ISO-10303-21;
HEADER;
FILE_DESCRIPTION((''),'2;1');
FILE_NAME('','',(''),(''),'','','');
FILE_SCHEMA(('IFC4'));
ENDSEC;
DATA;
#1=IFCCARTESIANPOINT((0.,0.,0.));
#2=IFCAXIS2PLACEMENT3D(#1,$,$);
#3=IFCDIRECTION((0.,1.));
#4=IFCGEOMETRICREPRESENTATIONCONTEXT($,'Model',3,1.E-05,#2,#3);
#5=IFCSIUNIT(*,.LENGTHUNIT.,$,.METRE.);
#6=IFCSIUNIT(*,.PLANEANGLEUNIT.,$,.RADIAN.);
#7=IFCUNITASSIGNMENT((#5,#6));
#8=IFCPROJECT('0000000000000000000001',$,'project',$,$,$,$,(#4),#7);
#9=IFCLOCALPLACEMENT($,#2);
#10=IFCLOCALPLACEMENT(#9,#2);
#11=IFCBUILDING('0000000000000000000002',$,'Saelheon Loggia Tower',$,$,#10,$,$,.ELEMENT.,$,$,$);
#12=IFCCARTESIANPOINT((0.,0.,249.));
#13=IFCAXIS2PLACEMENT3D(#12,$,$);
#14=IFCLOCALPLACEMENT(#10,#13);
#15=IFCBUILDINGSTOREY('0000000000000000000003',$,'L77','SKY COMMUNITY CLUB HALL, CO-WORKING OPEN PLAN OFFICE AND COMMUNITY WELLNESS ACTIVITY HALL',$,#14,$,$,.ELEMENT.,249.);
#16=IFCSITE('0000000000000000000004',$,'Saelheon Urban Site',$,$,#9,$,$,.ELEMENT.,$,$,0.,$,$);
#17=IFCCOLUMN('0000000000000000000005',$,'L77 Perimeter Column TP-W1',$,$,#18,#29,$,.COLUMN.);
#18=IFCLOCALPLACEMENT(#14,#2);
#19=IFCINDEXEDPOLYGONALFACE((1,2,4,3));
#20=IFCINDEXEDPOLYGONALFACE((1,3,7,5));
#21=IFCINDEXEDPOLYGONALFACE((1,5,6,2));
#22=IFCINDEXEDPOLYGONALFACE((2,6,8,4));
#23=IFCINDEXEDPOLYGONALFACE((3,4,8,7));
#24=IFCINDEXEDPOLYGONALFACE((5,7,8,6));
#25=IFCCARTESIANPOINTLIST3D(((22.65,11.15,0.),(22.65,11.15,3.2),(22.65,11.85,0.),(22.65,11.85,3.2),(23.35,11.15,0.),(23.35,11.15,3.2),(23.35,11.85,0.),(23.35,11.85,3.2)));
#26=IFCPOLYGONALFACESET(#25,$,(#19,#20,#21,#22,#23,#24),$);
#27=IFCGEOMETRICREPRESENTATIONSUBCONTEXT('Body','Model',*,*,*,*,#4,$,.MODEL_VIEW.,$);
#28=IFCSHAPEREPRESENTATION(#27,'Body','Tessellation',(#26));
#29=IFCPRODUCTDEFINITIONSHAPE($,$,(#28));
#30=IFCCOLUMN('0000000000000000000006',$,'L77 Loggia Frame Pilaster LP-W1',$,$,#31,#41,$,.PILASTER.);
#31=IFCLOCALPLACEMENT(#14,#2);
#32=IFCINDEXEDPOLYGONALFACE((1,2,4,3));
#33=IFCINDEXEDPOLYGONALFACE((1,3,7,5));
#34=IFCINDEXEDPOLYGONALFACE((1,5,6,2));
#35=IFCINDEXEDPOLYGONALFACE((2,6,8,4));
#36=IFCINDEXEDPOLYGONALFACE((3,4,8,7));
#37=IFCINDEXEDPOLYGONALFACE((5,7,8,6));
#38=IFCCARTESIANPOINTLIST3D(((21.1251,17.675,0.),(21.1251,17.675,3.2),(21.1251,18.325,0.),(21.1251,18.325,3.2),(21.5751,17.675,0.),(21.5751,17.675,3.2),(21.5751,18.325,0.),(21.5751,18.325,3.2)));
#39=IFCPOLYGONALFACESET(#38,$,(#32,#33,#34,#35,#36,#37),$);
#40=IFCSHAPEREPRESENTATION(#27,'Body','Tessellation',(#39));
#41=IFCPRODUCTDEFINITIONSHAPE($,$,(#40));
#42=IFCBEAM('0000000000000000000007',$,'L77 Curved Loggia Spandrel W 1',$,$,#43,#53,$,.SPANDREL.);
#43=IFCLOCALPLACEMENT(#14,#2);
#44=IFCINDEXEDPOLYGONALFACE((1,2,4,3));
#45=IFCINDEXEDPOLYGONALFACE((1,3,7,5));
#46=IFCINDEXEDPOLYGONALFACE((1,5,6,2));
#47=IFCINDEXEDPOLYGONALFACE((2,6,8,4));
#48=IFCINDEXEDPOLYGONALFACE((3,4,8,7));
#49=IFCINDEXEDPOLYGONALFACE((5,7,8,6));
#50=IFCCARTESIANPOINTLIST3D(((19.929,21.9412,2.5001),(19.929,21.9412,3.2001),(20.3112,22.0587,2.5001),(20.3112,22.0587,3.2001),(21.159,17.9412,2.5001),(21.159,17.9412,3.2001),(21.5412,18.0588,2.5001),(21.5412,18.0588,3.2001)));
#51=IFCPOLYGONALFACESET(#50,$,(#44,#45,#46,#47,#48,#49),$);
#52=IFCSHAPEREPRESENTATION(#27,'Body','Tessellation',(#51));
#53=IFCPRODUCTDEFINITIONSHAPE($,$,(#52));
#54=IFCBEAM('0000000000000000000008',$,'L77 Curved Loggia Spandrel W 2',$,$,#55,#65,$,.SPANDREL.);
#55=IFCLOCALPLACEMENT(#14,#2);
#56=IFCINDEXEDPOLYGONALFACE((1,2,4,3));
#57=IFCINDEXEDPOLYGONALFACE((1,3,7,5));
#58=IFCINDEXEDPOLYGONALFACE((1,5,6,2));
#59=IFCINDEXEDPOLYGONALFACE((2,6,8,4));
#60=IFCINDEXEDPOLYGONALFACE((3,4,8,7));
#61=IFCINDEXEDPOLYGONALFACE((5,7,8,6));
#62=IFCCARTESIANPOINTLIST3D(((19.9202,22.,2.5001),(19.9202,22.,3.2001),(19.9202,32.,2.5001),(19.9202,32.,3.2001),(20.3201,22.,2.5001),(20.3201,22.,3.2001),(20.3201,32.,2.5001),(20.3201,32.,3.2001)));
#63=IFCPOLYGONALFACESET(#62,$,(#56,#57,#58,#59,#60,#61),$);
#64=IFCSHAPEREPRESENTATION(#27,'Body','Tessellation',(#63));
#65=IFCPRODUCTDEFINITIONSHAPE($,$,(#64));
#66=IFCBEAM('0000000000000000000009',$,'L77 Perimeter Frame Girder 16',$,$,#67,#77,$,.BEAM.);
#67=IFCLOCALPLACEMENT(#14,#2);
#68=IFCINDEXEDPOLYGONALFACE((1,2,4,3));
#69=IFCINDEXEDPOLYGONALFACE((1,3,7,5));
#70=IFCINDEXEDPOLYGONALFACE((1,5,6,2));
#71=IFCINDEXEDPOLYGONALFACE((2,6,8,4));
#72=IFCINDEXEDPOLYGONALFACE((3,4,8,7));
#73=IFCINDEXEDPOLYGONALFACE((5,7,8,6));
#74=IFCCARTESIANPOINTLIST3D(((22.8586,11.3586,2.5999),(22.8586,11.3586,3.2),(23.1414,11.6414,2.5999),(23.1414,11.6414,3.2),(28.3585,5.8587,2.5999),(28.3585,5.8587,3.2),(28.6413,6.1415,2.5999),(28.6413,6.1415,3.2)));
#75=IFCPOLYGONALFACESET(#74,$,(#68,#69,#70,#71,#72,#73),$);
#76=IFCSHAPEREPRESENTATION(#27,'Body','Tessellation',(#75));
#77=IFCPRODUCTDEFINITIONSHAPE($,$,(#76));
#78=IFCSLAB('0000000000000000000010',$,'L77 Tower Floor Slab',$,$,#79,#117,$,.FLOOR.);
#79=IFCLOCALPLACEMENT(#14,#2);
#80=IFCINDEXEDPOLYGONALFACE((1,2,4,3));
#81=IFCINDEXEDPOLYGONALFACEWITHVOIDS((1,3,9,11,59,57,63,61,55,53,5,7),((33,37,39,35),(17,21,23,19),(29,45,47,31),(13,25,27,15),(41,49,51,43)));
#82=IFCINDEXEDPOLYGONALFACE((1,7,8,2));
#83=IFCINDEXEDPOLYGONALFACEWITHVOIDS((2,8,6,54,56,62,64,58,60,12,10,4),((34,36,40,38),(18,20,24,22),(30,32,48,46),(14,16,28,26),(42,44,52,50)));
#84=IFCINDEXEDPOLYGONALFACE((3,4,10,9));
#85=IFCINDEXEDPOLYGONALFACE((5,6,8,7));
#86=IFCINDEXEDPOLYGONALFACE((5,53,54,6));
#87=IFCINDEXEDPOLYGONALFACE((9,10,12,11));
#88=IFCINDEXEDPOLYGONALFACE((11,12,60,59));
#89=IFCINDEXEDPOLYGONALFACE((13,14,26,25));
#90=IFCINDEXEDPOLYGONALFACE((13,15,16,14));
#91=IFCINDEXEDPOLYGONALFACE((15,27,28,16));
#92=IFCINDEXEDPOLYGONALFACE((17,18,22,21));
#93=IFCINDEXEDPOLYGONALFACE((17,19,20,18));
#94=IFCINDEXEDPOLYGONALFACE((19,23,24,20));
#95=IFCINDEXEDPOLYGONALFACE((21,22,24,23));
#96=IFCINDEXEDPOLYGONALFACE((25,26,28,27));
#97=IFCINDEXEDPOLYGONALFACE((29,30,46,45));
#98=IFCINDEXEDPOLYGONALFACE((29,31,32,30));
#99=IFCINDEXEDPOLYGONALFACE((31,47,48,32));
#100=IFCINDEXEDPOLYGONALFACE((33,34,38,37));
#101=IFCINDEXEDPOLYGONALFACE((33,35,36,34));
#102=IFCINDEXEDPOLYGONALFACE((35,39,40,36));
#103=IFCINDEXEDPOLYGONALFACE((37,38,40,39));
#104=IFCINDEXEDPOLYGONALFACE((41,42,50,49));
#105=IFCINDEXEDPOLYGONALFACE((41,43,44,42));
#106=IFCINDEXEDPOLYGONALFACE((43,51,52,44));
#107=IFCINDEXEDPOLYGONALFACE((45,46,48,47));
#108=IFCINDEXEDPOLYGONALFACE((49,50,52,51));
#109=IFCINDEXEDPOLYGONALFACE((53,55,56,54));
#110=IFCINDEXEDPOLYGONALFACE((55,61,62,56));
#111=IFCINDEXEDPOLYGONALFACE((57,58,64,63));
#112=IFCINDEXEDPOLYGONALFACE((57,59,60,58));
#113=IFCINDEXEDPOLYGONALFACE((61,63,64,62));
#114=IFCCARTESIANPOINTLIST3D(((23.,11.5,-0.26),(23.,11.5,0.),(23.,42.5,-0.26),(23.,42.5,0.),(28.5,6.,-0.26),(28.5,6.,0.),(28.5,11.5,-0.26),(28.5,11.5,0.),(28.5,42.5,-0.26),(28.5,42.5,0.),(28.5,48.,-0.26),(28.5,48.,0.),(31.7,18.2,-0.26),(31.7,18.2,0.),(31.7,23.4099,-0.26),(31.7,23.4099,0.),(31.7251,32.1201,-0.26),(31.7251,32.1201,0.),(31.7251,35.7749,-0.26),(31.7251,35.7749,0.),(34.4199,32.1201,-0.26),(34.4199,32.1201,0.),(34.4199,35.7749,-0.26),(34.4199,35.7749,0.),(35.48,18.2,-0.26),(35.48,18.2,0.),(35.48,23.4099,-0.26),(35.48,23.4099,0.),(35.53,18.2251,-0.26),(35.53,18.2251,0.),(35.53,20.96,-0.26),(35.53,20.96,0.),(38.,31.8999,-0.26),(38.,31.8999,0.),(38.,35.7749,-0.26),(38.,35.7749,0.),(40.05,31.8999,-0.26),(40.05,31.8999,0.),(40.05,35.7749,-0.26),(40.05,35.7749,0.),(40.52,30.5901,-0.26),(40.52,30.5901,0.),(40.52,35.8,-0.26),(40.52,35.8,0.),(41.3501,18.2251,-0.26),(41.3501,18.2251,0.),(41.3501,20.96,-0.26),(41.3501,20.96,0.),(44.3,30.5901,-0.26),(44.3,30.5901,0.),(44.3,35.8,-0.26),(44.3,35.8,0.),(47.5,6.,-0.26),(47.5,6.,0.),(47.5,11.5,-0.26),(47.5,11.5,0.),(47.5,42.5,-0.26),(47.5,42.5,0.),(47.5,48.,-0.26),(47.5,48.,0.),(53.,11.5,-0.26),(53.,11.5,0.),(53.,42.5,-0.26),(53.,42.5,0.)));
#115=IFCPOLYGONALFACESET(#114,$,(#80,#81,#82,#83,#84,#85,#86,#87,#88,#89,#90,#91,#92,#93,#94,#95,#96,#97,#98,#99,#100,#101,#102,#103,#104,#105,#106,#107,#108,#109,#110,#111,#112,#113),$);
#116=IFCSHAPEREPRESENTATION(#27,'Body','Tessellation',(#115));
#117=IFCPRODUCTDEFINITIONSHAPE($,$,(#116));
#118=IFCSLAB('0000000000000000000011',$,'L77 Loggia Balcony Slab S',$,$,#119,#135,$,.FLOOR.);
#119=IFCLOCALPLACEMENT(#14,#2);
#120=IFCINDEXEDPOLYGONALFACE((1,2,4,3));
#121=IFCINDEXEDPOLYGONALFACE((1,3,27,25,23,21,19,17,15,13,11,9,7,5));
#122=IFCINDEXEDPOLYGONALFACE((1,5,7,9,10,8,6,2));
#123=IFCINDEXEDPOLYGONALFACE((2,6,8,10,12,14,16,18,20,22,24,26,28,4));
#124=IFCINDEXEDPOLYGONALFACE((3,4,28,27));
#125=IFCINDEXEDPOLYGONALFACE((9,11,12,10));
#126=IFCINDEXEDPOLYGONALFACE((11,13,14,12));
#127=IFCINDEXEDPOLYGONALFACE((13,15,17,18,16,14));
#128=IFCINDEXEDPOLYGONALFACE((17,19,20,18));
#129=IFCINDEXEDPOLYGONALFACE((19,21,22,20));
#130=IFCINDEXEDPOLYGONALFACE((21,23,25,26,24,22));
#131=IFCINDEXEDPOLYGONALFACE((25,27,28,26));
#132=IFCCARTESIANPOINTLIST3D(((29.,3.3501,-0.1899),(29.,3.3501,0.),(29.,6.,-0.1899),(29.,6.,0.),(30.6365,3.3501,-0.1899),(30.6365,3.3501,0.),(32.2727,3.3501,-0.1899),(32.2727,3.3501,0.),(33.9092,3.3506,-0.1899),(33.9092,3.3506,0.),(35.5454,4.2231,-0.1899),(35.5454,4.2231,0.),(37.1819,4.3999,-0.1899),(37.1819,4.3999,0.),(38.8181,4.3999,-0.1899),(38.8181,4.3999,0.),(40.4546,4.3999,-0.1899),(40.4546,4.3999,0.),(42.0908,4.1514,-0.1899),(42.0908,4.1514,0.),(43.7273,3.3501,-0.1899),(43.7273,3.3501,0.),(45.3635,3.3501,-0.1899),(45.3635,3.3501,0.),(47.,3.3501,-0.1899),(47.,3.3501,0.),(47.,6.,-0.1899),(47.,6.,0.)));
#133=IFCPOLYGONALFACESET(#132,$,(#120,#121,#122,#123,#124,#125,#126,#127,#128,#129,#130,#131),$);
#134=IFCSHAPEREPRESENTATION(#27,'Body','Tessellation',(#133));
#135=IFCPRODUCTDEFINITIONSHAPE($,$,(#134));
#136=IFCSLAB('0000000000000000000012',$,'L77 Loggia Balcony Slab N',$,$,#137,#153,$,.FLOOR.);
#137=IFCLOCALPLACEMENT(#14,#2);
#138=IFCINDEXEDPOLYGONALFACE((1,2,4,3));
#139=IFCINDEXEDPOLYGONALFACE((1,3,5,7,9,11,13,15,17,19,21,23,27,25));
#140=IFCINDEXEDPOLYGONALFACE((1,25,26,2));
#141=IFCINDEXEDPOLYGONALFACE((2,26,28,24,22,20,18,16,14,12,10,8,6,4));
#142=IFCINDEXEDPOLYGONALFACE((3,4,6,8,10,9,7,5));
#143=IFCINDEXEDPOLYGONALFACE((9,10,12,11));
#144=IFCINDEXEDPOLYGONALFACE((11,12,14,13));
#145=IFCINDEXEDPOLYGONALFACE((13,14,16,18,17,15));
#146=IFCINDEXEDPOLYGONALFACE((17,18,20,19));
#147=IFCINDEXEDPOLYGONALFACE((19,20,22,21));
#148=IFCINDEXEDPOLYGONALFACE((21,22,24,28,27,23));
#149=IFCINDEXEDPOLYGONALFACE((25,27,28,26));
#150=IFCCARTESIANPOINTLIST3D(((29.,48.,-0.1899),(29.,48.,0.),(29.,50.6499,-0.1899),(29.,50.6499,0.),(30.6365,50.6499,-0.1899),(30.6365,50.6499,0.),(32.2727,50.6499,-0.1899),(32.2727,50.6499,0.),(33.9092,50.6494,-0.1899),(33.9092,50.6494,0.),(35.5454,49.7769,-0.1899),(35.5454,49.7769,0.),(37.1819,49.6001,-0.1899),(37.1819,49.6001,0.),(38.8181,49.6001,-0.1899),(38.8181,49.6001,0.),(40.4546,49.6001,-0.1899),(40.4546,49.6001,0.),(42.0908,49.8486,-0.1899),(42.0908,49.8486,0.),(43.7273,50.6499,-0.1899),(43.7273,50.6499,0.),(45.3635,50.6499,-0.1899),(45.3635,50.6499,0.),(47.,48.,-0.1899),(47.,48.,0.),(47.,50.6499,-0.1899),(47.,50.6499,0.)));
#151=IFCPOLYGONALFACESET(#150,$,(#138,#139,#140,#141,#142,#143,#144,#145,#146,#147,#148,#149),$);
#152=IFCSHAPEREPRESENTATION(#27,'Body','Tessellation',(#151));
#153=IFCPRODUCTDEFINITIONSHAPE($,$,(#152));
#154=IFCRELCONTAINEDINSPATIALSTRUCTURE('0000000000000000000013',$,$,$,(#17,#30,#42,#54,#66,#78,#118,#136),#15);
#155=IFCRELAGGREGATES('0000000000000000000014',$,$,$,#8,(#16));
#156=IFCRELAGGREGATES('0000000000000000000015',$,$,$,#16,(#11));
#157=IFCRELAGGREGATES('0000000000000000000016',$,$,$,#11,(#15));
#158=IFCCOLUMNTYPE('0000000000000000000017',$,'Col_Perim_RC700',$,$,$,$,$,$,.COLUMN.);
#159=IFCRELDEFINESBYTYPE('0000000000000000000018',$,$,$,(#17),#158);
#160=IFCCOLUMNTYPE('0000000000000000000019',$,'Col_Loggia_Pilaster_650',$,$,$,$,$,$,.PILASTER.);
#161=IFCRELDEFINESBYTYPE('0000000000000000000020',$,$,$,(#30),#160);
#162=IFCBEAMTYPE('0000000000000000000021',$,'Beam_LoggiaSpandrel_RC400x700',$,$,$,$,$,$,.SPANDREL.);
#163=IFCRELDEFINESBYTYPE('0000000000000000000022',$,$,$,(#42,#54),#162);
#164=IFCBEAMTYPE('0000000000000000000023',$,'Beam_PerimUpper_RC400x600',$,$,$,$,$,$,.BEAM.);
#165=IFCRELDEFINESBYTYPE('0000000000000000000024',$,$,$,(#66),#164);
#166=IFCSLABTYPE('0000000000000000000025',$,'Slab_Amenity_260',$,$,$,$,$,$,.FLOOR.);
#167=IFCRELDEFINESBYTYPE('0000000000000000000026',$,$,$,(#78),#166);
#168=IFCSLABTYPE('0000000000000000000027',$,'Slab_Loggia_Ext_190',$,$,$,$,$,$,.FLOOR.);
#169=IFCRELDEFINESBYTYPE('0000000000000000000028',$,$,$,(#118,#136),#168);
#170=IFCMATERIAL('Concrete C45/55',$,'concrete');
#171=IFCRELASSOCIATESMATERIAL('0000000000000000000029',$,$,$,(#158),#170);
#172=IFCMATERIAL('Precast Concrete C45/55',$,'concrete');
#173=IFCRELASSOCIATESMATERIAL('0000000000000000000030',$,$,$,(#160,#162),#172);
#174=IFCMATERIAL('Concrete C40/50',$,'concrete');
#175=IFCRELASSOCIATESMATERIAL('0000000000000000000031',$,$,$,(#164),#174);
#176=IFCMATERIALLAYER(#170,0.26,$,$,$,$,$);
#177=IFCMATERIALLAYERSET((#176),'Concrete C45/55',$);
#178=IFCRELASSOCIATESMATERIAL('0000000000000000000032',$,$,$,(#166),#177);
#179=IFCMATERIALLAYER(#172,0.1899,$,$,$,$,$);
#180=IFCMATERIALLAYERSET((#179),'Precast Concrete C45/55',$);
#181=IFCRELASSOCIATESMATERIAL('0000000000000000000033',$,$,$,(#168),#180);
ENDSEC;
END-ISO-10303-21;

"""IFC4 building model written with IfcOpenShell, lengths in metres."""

from ifc_helpers import new_model, si_unit, direction, frame, origin, origin_2d, place, context, subcontext, project, spatial, polyline, rectangle, outline, extrude, source, transform, mapped, material, layer, layer_set, material_profile, profile_set, type_object, element, save


model = new_model("IFC4")

# Units and contexts
model_context = context("Model", 3, precision=1e-05, world=origin(), true_north=direction((0.0, 1.0)))
body_context = subcontext(model_context, "Body", "Model", "MODEL_VIEW")
ifc_project = project(units=[si_unit("LENGTHUNIT", "METRE"), si_unit("PLANEANGLEUNIT", "RADIAN")], contexts=[model_context])

# Site, building, storey
site_placement = place(None, origin())
site = spatial("IfcSite", under=ifc_project, at=site_placement, Name="Saelheon Urban Site", CompositionType="ELEMENT", RefElevation=0.0)
building_placement = place(site_placement, origin())
building = spatial("IfcBuilding", under=site, at=building_placement, Name="Saelheon Loggia Tower", CompositionType="ELEMENT")
storey_placement = place(building_placement, frame((0.0, 0.0, 249.0)))
storey = spatial("IfcBuildingStorey", under=building, at=storey_placement, Name="L77", Description="SKY COMMUNITY CLUB HALL, CO-WORKING OPEN PLAN OFFICE AND COMMUNITY WELLNESS ACTIVITY HALL", CompositionType="ELEMENT", Elevation=249.0)

# Columns
ifc_material_1 = material(Name="Concrete C45/55", Category="concrete")
ifc_material_profile_1 = material_profile(ifc_material_1, rectangle(XDim=0.7, YDim=0.7, at=origin_2d()), Name="RC-700x700")
ifc_profile_set_1 = profile_set([ifc_material_profile_1], Name="Concrete C45/55")
column_type_1 = type_object("IfcColumnType", Name="Col_Perim_RC700", PredefinedType="COLUMN", material=ifc_profile_set_1)
shared_shape_1 = source(origin(), body_context, "Body", "SweptSolid", [
    extrude(rectangle(XDim=0.7, YDim=0.7, at=origin_2d()), origin(), (0.0, 0.0, 1.0), 3.2),
])
column_1_placement = place(storey_placement, frame((23.0, 11.5, 0.0), z_axis=(0.0, 0.0, 1.0), x_axis=(1.0, 0.0, 0.0)))
element("IfcColumn", 1, at=column_1_placement, inside=storey, type_object=column_type_1, Name="L77 Perimeter Column TP-W1", PredefinedType="COLUMN", context=body_context, shape_type="MappedRepresentation", body=[
    mapped(shared_shape_1, transform((0.0, 0.0, 0.0), scale=1.0)),
])
ifc_material_2 = material(Name="Precast Concrete C45/55", Category="concrete")
ifc_material_profile_2 = material_profile(ifc_material_2, rectangle(XDim=0.45, YDim=0.6499, at=origin_2d()), Name="RC-450x650")
ifc_profile_set_2 = profile_set([ifc_material_profile_2], Name="Precast Concrete C45/55")
column_type_2 = type_object("IfcColumnType", Name="Col_Loggia_Pilaster_650", PredefinedType="PILASTER", material=ifc_profile_set_2)
shared_shape_2 = source(origin(), body_context, "Body", "SweptSolid", [
    extrude(rectangle(XDim=0.45, YDim=0.6499, at=origin_2d()), origin(), (0.0, 0.0, 1.0), 3.2),
])
column_2_placement = place(storey_placement, frame((21.3501, 18.0, 0.0), z_axis=(0.0, 0.0, 1.0), x_axis=(1.0, 0.0, 0.0)))
element("IfcColumn", 2, at=column_2_placement, inside=storey, type_object=column_type_2, Name="L77 Loggia Frame Pilaster LP-W1", PredefinedType="PILASTER", context=body_context, shape_type="MappedRepresentation", body=[
    mapped(shared_shape_2, transform((0.0, 0.0, 0.0), scale=1.0)),
])

# Beams
ifc_material_profile_3 = material_profile(ifc_material_2, rectangle(XDim=0.3999, YDim=0.7, at=origin_2d()), Name="RC-400x700")
ifc_profile_set_3 = profile_set([ifc_material_profile_3], Name="Precast Concrete C45/55")
beam_type_1 = type_object("IfcBeamType", Name="Beam_LoggiaSpandrel_RC400x700", PredefinedType="SPANDREL", material=ifc_profile_set_3)
shared_shape_3 = source(origin(), body_context, "Body", "SweptSolid", [
    extrude(rectangle(XDim=0.3999, YDim=0.7, at=origin_2d()), origin(), (0.0, 0.0, 1.0), 4.1848),
])
beam_1_placement = place(storey_placement, frame((21.3501, 18.0, 2.8501), z_axis=(-0.293914, 0.955832, 0.0), x_axis=(-0.955832, -0.293914, 0.0)))
element("IfcBeam", 3, at=beam_1_placement, inside=storey, type_object=beam_type_1, Name="L77 Curved Loggia Spandrel W 1", PredefinedType="SPANDREL", context=body_context, shape_type="MappedRepresentation", body=[
    mapped(shared_shape_3, transform((0.0, 0.0, 0.0), scale=1.0)),
])
shared_shape_4 = source(origin(), body_context, "Body", "SweptSolid", [
    extrude(rectangle(XDim=0.3999, YDim=0.7, at=origin_2d()), origin(), (0.0, 0.0, 1.0), 10.0),
])
beam_2_placement = place(storey_placement, frame((20.1201, 22.0, 2.8501), z_axis=(0.0, 1.0, 0.0), x_axis=(-1.0, 0.0, 0.0)))
element("IfcBeam", 4, at=beam_2_placement, inside=storey, type_object=beam_type_1, Name="L77 Curved Loggia Spandrel W 2", PredefinedType="SPANDREL", context=body_context, shape_type="MappedRepresentation", body=[
    mapped(shared_shape_4, transform((0.0, 0.0, 0.0), scale=1.0)),
])
ifc_material_3 = material(Name="Concrete C40/50", Category="concrete")
ifc_material_profile_4 = material_profile(ifc_material_3, rectangle(XDim=0.3999, YDim=0.6001, at=origin_2d()), Name="RC-400x600")
ifc_profile_set_4 = profile_set([ifc_material_profile_4], Name="Concrete C40/50")
beam_type_2 = type_object("IfcBeamType", Name="Beam_PerimUpper_RC400x600", PredefinedType="BEAM", material=ifc_profile_set_4)
shared_shape_5 = source(origin(), body_context, "Body", "SweptSolid", [
    extrude(rectangle(XDim=0.3999, YDim=0.6001, at=origin_2d()), origin(), (0.0, 0.0, 1.0), 7.7781),
])
beam_3_placement = place(storey_placement, frame((23.0, 11.5, 2.8999), z_axis=(0.707107, -0.707107, 0.0), x_axis=(0.707107, 0.707107, 0.0)))
element("IfcBeam", 5, at=beam_3_placement, inside=storey, type_object=beam_type_2, Name="L77 Perimeter Frame Girder 16", PredefinedType="BEAM", context=body_context, shape_type="MappedRepresentation", body=[
    mapped(shared_shape_5, transform((0.0, 0.0, 0.0), scale=1.0)),
])

# Slabs
ifc_layer_1 = layer(ifc_material_1, 0.26)
ifc_layer_set_1 = layer_set([ifc_layer_1], Name="Concrete C45/55")
slab_type_1 = type_object("IfcSlabType", Name="Slab_Amenity_260", PredefinedType="FLOOR", material=ifc_layer_set_1)
slab_1_placement = place(storey_placement, frame((0.0, 0.0, -0.26)))
element("IfcSlab", 6, at=slab_1_placement, inside=storey, type_object=slab_type_1, Name="L77 Tower Floor Slab", PredefinedType="FLOOR", context=body_context, shape_type="SweptSolid", body=[
    extrude(outline(polyline([(28.5, 6.0), (47.5, 6.0), (47.5, 11.5), (53.0, 11.5), (53.0, 42.5), (47.5, 42.5), (47.5, 48.0), (28.5, 48.0), (28.5, 42.5), (23.0, 42.5), (23.0, 11.5), (28.5, 11.5), (28.5, 6.0)]), holes=[polyline([(31.7, 23.4099), (31.7, 18.2), (35.48, 18.2), (35.48, 23.4099), (31.7, 23.4099)]), polyline([(44.3, 30.5901), (44.3, 35.8), (40.52, 35.8), (40.52, 30.5901), (44.3, 30.5901)]), polyline([(35.53, 18.2251), (41.3501, 18.2251), (41.3501, 20.96), (35.53, 20.96), (35.53, 18.2251)]), polyline([(31.7251, 32.1201), (34.4199, 32.1201), (34.4199, 35.7749), (31.7251, 35.7749), (31.7251, 32.1201)]), polyline([(38.0, 31.8999), (40.05, 31.8999), (40.05, 35.7749), (38.0, 35.7749), (38.0, 31.8999)])]), origin(), (0.0, 0.0, 1.0), 0.26),
])
ifc_layer_2 = layer(ifc_material_2, 0.1899)
ifc_layer_set_2 = layer_set([ifc_layer_2], Name="Precast Concrete C45/55")
slab_type_2 = type_object("IfcSlabType", Name="Slab_Loggia_Ext_190", PredefinedType="FLOOR", material=ifc_layer_set_2)
slab_2_placement = place(storey_placement, frame((0.0, 0.0, -0.1899)))
element("IfcSlab", 7, at=slab_2_placement, inside=storey, type_object=slab_type_2, Name="L77 Loggia Balcony Slab S", PredefinedType="FLOOR", context=body_context, shape_type="SweptSolid", body=[
    extrude(outline(polyline([(29.0, 3.3501), (30.6365, 3.3501), (32.2727, 3.3501), (33.9092, 3.3506), (35.5454, 4.2231), (37.1819, 4.3999), (38.8181, 4.3999), (40.4546, 4.3999), (42.0908, 4.1514), (43.7273, 3.3501), (45.3635, 3.3501), (47.0, 3.3501), (47.0, 6.0), (29.0, 6.0), (29.0, 3.3501)])), origin(), (0.0, 0.0, 1.0), 0.1899),
])
slab_3_placement = place(storey_placement, frame((0.0, 0.0, -0.1899)))
element("IfcSlab", 8, at=slab_3_placement, inside=storey, type_object=slab_type_2, Name="L77 Loggia Balcony Slab N", PredefinedType="FLOOR", context=body_context, shape_type="SweptSolid", body=[
    extrude(outline(polyline([(29.0, 48.0), (47.0, 48.0), (47.0, 50.6499), (45.3635, 50.6499), (43.7273, 50.6499), (42.0908, 49.8486), (40.4546, 49.6001), (38.8181, 49.6001), (37.1819, 49.6001), (35.5454, 49.7769), (33.9092, 50.6494), (32.2727, 50.6499), (30.6365, 50.6499), (29.0, 50.6499), (29.0, 48.0)])), origin(), (0.0, 0.0, 1.0), 0.1899),
])

save(model, "model.ifc")
